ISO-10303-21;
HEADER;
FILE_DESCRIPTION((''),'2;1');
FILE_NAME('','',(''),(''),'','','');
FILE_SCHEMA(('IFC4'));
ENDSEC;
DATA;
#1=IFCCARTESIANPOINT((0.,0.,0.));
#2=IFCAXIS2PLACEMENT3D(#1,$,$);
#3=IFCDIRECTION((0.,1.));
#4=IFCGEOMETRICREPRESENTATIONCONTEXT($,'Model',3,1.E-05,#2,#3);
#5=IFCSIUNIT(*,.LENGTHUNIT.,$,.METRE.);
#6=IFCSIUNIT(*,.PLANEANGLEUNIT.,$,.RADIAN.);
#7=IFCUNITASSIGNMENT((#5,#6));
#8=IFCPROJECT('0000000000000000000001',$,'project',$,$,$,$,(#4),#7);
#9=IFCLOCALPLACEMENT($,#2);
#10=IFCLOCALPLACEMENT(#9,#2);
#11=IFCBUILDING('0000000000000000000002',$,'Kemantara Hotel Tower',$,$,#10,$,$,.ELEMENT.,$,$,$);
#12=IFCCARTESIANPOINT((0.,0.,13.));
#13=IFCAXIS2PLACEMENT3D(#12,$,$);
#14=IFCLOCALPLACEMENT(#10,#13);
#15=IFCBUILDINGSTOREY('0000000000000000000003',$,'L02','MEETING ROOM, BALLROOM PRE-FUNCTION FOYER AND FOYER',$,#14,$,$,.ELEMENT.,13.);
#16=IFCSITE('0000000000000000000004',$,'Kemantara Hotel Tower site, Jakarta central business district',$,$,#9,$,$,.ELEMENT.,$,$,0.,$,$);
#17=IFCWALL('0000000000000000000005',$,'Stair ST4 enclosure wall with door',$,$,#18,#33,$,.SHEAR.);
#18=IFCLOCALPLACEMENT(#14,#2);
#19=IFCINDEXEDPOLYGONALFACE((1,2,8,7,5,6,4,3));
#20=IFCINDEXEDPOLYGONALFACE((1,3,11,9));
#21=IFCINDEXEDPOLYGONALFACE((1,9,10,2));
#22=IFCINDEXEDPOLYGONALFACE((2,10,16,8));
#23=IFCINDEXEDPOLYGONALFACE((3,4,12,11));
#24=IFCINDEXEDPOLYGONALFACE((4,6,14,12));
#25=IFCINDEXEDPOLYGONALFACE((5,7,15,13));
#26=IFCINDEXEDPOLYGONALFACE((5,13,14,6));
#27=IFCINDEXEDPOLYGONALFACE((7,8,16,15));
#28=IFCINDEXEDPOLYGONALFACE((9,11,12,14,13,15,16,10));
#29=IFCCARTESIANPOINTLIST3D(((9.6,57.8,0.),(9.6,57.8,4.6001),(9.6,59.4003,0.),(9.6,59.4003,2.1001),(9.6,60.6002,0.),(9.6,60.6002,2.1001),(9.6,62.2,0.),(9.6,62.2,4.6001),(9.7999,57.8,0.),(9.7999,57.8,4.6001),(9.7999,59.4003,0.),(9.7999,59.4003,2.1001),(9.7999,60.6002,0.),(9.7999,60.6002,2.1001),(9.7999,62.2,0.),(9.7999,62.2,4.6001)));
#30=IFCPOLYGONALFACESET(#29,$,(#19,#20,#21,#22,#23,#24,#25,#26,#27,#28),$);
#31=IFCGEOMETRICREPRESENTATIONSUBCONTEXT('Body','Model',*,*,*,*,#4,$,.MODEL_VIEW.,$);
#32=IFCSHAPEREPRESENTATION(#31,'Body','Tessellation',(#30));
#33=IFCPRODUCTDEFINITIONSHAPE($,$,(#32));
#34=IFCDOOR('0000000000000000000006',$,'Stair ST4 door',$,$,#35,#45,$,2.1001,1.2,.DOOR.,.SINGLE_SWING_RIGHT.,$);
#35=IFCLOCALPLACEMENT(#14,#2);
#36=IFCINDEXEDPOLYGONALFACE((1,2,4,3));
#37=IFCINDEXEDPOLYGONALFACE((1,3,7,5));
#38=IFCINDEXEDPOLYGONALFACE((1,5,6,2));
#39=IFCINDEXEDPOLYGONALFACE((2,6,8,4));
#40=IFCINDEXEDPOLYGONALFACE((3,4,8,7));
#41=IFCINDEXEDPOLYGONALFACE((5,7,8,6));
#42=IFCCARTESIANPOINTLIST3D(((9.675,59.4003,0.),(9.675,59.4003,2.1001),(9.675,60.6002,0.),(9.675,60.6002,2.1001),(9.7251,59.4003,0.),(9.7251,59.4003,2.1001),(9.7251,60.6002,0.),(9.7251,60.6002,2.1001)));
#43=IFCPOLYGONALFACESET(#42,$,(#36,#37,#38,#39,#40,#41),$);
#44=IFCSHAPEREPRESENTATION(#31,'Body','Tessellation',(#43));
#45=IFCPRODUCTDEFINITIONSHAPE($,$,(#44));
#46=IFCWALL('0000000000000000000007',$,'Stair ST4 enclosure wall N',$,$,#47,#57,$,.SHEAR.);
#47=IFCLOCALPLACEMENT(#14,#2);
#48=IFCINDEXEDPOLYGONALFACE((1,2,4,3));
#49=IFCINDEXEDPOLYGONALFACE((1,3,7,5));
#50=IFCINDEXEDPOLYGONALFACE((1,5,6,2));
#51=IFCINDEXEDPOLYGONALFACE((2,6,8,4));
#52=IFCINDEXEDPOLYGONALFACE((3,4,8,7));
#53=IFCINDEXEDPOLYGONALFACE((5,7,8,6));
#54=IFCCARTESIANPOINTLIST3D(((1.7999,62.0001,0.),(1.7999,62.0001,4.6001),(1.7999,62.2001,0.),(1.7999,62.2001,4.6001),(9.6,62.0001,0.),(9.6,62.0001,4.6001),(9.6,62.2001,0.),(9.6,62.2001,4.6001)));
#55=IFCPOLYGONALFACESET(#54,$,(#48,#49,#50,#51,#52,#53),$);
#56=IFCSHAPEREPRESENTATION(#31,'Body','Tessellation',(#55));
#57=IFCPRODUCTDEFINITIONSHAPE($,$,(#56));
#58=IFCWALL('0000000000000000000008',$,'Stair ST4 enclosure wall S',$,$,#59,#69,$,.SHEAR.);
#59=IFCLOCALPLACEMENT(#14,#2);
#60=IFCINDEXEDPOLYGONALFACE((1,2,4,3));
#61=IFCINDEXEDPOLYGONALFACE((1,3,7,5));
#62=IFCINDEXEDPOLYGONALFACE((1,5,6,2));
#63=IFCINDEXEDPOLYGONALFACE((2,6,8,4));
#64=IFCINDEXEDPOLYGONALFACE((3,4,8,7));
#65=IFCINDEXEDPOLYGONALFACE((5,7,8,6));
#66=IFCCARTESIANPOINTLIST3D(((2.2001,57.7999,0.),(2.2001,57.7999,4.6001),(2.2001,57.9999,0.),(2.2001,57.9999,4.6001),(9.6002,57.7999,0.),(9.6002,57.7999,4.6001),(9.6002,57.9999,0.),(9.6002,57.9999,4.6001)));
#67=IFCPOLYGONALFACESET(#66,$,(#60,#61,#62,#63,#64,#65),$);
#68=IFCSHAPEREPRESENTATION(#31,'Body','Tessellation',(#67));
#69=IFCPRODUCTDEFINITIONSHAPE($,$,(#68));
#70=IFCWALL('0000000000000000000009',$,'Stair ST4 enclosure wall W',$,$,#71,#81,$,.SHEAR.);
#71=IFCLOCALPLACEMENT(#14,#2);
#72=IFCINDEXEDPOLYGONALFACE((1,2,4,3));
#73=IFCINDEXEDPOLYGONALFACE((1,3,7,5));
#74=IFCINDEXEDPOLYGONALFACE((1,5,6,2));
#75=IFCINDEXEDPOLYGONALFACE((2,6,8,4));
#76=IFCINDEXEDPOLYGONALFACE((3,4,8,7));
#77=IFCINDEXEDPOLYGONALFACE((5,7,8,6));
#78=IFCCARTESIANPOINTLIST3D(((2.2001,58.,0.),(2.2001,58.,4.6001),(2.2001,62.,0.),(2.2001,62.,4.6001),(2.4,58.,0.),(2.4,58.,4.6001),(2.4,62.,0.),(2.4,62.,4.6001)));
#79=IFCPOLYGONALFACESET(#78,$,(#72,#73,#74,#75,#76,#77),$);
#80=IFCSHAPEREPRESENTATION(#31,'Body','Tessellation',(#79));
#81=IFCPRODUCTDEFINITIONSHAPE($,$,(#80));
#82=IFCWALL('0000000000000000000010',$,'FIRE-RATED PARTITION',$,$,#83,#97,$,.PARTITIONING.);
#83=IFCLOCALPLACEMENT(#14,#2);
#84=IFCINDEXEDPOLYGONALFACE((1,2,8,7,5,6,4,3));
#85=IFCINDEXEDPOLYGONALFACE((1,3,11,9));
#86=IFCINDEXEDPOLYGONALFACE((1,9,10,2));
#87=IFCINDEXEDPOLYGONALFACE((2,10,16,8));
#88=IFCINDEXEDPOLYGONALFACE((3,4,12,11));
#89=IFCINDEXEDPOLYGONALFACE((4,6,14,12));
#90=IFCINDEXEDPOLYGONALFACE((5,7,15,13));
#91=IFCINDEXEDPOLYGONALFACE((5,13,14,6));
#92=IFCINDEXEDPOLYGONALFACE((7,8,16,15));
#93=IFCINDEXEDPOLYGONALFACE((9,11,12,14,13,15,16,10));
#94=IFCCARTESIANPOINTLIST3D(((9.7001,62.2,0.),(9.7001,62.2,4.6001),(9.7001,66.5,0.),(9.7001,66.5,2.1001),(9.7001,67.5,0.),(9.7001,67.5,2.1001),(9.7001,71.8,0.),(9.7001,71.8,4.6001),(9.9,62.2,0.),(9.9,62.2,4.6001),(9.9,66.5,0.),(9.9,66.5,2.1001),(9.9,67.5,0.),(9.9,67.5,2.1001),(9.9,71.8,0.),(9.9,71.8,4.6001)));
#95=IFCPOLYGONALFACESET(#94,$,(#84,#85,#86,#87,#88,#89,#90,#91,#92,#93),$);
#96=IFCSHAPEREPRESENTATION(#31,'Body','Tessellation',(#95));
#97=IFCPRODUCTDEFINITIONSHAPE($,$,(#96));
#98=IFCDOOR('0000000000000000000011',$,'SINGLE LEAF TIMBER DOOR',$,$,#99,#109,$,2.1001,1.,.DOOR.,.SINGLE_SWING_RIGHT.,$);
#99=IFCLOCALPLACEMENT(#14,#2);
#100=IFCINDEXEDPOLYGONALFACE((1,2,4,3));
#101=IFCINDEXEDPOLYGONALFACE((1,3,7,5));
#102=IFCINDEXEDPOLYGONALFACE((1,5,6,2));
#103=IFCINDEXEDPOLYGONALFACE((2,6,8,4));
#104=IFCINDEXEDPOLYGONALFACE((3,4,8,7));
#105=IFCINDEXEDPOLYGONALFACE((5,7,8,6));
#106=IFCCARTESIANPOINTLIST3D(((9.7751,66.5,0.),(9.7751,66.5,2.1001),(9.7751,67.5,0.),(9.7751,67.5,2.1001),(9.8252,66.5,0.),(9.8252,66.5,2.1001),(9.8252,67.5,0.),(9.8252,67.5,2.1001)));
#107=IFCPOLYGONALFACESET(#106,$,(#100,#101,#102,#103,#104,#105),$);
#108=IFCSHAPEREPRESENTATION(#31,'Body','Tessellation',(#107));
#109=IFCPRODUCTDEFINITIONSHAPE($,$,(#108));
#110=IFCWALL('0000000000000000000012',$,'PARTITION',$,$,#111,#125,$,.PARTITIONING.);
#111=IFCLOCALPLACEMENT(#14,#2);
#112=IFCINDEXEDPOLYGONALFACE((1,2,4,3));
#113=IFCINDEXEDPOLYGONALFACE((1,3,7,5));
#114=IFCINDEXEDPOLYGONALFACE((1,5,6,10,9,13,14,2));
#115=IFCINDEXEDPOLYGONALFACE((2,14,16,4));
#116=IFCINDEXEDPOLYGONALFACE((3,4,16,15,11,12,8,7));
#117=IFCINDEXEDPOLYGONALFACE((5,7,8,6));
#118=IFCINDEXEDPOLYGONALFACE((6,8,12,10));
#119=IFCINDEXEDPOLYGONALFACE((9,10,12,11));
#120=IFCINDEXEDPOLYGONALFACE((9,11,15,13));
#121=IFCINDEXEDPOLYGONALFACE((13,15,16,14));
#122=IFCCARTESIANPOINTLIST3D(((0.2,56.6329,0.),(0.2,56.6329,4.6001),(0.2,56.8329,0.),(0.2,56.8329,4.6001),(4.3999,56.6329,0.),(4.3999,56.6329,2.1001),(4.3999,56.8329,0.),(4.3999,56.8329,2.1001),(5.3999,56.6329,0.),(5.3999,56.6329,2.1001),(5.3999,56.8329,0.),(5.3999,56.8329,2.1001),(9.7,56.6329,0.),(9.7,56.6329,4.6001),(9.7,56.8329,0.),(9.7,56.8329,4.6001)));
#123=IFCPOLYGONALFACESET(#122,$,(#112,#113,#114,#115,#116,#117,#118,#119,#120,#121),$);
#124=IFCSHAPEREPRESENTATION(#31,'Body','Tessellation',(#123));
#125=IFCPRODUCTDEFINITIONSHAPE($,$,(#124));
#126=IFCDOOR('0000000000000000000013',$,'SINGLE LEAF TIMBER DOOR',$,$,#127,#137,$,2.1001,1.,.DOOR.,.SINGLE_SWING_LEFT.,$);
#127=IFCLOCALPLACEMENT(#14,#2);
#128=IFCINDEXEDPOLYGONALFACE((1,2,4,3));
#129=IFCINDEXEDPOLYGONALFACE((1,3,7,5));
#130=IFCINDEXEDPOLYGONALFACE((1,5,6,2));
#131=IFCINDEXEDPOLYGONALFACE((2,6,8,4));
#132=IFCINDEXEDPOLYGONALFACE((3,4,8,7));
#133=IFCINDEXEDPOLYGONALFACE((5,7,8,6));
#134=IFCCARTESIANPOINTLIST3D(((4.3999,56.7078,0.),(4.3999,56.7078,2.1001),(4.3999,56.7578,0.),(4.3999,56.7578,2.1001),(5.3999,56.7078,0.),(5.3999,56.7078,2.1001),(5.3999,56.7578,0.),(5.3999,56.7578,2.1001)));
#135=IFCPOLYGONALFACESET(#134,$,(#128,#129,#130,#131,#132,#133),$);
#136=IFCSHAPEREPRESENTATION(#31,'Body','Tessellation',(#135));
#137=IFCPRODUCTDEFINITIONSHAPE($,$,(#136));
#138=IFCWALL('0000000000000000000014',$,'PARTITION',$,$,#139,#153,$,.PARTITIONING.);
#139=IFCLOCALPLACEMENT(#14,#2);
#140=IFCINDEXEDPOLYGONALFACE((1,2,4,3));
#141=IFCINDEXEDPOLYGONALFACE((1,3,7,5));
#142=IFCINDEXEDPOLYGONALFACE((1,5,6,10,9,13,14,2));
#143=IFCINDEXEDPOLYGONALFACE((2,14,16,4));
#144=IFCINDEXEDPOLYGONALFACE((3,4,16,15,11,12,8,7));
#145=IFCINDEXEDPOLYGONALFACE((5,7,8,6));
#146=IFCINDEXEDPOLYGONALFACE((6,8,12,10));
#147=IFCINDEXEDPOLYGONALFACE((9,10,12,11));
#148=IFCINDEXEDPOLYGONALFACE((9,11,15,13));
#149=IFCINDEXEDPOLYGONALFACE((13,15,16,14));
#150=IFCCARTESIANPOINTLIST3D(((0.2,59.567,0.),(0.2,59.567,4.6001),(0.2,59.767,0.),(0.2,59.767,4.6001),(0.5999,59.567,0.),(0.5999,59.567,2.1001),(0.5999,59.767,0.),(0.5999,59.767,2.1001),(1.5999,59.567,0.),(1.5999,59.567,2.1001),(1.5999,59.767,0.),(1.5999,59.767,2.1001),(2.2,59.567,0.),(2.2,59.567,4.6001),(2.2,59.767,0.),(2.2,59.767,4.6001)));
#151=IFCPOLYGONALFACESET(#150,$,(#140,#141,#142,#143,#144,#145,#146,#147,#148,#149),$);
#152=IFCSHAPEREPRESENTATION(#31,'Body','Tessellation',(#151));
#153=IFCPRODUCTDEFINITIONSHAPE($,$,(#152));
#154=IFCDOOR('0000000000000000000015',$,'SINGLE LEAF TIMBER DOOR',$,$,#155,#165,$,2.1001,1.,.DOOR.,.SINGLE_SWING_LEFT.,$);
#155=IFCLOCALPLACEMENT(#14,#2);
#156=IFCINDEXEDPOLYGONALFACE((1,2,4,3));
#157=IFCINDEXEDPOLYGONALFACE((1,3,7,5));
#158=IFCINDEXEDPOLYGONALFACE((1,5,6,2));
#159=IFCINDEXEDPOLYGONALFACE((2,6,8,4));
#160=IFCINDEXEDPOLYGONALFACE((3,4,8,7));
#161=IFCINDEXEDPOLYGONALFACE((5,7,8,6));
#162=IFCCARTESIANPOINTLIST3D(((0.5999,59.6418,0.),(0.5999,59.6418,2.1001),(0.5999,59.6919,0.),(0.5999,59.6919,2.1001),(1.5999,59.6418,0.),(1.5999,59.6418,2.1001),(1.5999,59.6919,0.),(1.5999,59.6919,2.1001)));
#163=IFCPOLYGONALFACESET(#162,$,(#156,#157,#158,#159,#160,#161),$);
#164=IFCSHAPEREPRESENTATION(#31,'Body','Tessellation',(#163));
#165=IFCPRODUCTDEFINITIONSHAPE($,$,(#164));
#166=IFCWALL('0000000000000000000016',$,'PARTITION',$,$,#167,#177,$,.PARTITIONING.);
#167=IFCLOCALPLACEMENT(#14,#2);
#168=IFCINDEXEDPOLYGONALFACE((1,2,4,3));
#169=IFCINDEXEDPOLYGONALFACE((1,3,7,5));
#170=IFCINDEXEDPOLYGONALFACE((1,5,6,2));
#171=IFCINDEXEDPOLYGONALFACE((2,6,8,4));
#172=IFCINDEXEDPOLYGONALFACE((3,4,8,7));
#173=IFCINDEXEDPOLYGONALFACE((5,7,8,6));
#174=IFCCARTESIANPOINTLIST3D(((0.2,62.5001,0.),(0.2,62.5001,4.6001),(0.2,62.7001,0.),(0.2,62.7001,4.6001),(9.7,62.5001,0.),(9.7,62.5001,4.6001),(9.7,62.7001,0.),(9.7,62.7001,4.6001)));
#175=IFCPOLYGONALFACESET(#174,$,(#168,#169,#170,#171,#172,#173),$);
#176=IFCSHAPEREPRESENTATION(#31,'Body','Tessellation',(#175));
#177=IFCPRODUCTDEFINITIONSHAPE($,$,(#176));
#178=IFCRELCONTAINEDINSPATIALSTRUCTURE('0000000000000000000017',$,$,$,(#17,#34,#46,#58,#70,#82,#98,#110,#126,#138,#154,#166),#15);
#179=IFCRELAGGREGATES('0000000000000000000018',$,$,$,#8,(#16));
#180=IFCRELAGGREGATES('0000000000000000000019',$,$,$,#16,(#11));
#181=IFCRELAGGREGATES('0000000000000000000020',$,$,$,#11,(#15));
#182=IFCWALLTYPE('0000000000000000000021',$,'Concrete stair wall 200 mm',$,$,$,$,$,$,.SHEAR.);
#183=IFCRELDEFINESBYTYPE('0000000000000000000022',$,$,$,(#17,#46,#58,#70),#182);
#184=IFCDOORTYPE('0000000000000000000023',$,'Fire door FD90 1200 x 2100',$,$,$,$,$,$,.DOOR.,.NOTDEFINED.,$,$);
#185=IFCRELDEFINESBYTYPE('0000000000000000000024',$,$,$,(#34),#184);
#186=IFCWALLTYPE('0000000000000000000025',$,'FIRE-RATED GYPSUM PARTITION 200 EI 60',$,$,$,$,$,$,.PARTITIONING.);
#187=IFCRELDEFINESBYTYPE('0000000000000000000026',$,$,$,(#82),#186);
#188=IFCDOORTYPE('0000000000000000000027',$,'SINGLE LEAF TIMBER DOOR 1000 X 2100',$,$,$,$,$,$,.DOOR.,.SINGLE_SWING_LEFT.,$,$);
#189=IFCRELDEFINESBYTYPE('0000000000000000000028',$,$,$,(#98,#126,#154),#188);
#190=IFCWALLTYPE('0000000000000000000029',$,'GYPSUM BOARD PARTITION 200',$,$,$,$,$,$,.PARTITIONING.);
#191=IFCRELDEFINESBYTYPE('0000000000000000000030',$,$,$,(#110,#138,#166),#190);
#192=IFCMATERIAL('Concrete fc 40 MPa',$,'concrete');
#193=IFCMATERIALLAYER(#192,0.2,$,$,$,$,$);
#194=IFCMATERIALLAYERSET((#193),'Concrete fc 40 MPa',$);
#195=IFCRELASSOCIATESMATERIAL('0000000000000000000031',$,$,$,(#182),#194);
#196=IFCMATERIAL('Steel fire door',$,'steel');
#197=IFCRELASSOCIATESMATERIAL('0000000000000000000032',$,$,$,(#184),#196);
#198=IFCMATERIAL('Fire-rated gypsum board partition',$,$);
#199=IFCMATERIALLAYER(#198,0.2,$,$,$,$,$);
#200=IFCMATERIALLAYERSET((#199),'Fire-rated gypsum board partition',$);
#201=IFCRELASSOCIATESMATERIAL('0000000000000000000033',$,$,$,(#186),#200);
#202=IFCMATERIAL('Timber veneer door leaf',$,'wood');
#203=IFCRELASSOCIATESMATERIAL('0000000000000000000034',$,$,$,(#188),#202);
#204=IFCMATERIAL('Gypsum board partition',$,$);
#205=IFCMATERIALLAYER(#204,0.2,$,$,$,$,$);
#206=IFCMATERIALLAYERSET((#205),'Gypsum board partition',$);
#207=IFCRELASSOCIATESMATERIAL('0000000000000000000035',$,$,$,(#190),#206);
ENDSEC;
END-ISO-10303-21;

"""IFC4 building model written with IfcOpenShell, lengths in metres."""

from ifc_helpers import new_model, si_unit, direction, frame, frame_2d, origin, place, context, subcontext, project, spatial, rectangle, extrude, material, layer, layer_set, type_object, element, fill, save


model = new_model("IFC4")

# Units and contexts
model_context = context("Model", 3, precision=1e-05, world=origin(), true_north=direction((0.0, 1.0)))
body_context = subcontext(model_context, "Body", "Model", "MODEL_VIEW")
ifc_project = project(units=[si_unit("LENGTHUNIT", "METRE"), si_unit("PLANEANGLEUNIT", "RADIAN")], contexts=[model_context])

# Site, building, storey
site_placement = place(None, origin())
site = spatial("IfcSite", under=ifc_project, at=site_placement, Name="Kemantara Hotel Tower site, Jakarta central business district", CompositionType="ELEMENT", RefElevation=0.0)
building_placement = place(site_placement, origin())
building = spatial("IfcBuilding", under=site, at=building_placement, Name="Kemantara Hotel Tower", CompositionType="ELEMENT")
storey_placement = place(building_placement, frame((0.0, 0.0, 13.0)))
storey = spatial("IfcBuildingStorey", under=building, at=storey_placement, Name="L02", Description="MEETING ROOM, BALLROOM PRE-FUNCTION FOYER AND FOYER", CompositionType="ELEMENT", Elevation=13.0)

# Wall, opening, door
ifc_material_1 = material(Name="Concrete fc 40 MPa", Category="concrete")
ifc_layer_1 = layer(ifc_material_1, 0.2)
ifc_layer_set_1 = layer_set([ifc_layer_1], Name="Concrete fc 40 MPa")
wall_type_1 = type_object("IfcWallType", Name="Concrete stair wall 200 mm", PredefinedType="SHEAR", material=ifc_layer_set_1)
wall_1_placement = place(storey_placement, frame((9.7, 57.8, 0.0), z_axis=(0.0, 0.0, 1.0), x_axis=(0.0, 1.0, 0.0)))
wall_1 = element("IfcWall", 1, at=wall_1_placement, inside=storey, type_object=wall_type_1, Name="Stair ST4 enclosure wall with door", PredefinedType="SHEAR", context=body_context, shape_type="SweptSolid", body=[
    extrude(rectangle(XDim=4.3999, YDim=0.2, at=frame_2d((2.2, 0.0))), origin(), (0.0, 0.0, 1.0), 4.6001),
])
opening_1_placement = place(wall_1_placement, frame((1.6001, 0.0, 0.0)))
opening_1 = element("IfcOpeningElement", 2, at=opening_1_placement, cuts=wall_1, PredefinedType="OPENING", context=body_context, shape_type="SweptSolid", body=[
    extrude(rectangle(XDim=1.2, YDim=2.1001, at=frame_2d((0.6001, 1.05))), frame((0.0, 0.1099, 0.0), z_axis=(0.0, -1.0, 0.0), x_axis=(1.0, 0.0, 0.0)), (0.0, 0.0, 1.0), 0.22),
])
ifc_material_2 = material(Name="Steel fire door", Category="steel")
door_type_1 = type_object("IfcDoorType", Name="Fire door FD90 1200 x 2100", OperationType="NOTDEFINED", PredefinedType="DOOR", material=ifc_material_2)
door_1_placement = place(opening_1_placement, origin())
door_1 = element("IfcDoor", 3, at=door_1_placement, inside=storey, type_object=door_type_1, Name="Stair ST4 door", OperationType="SINGLE_SWING_RIGHT", OverallHeight=2.1001, OverallWidth=1.2, PredefinedType="DOOR", context=body_context, shape_type="SweptSolid", body=[
    extrude(rectangle(XDim=1.2, YDim=2.1001, at=frame_2d((0.6001, 1.05))), frame((0.0, 0.0249, 0.0), z_axis=(0.0, -1.0, 0.0), x_axis=(1.0, 0.0, 0.0)), (0.0, 0.0, 1.0), 0.05),
])
fill(opening_1, door_1)

# Walls
wall_2_placement = place(storey_placement, frame((1.8, 62.1001, 0.0), z_axis=(0.0, 0.0, 1.0), x_axis=(1.0, 0.0, 0.0)))
element("IfcWall", 4, at=wall_2_placement, inside=storey, type_object=wall_type_1, Name="Stair ST4 enclosure wall N", PredefinedType="SHEAR", context=body_context, shape_type="SweptSolid", body=[
    extrude(rectangle(XDim=7.8, YDim=0.2, at=frame_2d((3.8999, 0.0))), origin(), (0.0, 0.0, 1.0), 4.6001),
])
wall_3_placement = place(storey_placement, frame((2.2, 57.8999, 0.0), z_axis=(0.0, 0.0, 1.0), x_axis=(1.0, 0.0, 0.0)))
element("IfcWall", 5, at=wall_3_placement, inside=storey, type_object=wall_type_1, Name="Stair ST4 enclosure wall S", PredefinedType="SHEAR", context=body_context, shape_type="SweptSolid", body=[
    extrude(rectangle(XDim=7.4001, YDim=0.2, at=frame_2d((3.7002, 0.0))), origin(), (0.0, 0.0, 1.0), 4.6001),
])
wall_4_placement = place(storey_placement, frame((2.3, 58.0, 0.0), z_axis=(0.0, 0.0, 1.0), x_axis=(0.0, 1.0, 0.0)))
element("IfcWall", 6, at=wall_4_placement, inside=storey, type_object=wall_type_1, Name="Stair ST4 enclosure wall W", PredefinedType="SHEAR", context=body_context, shape_type="SweptSolid", body=[
    extrude(rectangle(XDim=4.0, YDim=0.2, at=frame_2d((2.0, 0.0))), origin(), (0.0, 0.0, 1.0), 4.6001),
])

# Walls, openings, doors
ifc_material_3 = material(Name="Fire-rated gypsum board partition")
ifc_layer_2 = layer(ifc_material_3, 0.2)
ifc_layer_set_2 = layer_set([ifc_layer_2], Name="Fire-rated gypsum board partition")
wall_type_2 = type_object("IfcWallType", Name="FIRE-RATED GYPSUM PARTITION 200 EI 60", PredefinedType="PARTITIONING", material=ifc_layer_set_2)
wall_5_placement = place(storey_placement, frame((9.8, 62.2, 0.0), z_axis=(0.0, 0.0, 1.0), x_axis=(0.0, 1.0, 0.0)))
wall_5 = element("IfcWall", 7, at=wall_5_placement, inside=storey, type_object=wall_type_2, Name="FIRE-RATED PARTITION", PredefinedType="PARTITIONING", context=body_context, shape_type="SweptSolid", body=[
    extrude(rectangle(XDim=9.6001, YDim=0.2, at=frame_2d((4.8, 0.0))), origin(), (0.0, 0.0, 1.0), 4.6001),
])
opening_2_placement = place(wall_5_placement, frame((4.3, 0.0, 0.0)))
opening_2 = element("IfcOpeningElement", 8, at=opening_2_placement, cuts=wall_5, PredefinedType="OPENING", context=body_context, shape_type="SweptSolid", body=[
    extrude(rectangle(XDim=1.0, YDim=2.1001, at=frame_2d((0.5, 1.05))), frame((0.0, 0.1099, 0.0), z_axis=(0.0, -1.0, 0.0), x_axis=(1.0, 0.0, 0.0)), (0.0, 0.0, 1.0), 0.22),
])
ifc_material_4 = material(Name="Timber veneer door leaf", Category="wood")
door_type_2 = type_object("IfcDoorType", Name="SINGLE LEAF TIMBER DOOR 1000 X 2100", OperationType="SINGLE_SWING_LEFT", PredefinedType="DOOR", material=ifc_material_4)
door_2_placement = place(opening_2_placement, origin())
door_2 = element("IfcDoor", 9, at=door_2_placement, inside=storey, type_object=door_type_2, Name="SINGLE LEAF TIMBER DOOR", OperationType="SINGLE_SWING_RIGHT", OverallHeight=2.1001, OverallWidth=1.0, PredefinedType="DOOR", context=body_context, shape_type="SweptSolid", body=[
    extrude(rectangle(XDim=1.0, YDim=2.1001, at=frame_2d((0.5, 1.05))), frame((0.0, 0.0249, 0.0), z_axis=(0.0, -1.0, 0.0), x_axis=(1.0, 0.0, 0.0)), (0.0, 0.0, 1.0), 0.05),
])
fill(opening_2, door_2)
ifc_material_5 = material(Name="Gypsum board partition")
ifc_layer_3 = layer(ifc_material_5, 0.2)
ifc_layer_set_3 = layer_set([ifc_layer_3], Name="Gypsum board partition")
wall_type_3 = type_object("IfcWallType", Name="GYPSUM BOARD PARTITION 200", PredefinedType="PARTITIONING", material=ifc_layer_set_3)
wall_6_placement = place(storey_placement, frame((0.2, 56.7329, 0.0), z_axis=(0.0, 0.0, 1.0), x_axis=(1.0, 0.0, 0.0)))
wall_6 = element("IfcWall", 10, at=wall_6_placement, inside=storey, type_object=wall_type_3, Name="PARTITION", PredefinedType="PARTITIONING", context=body_context, shape_type="SweptSolid", body=[
    extrude(rectangle(XDim=9.5, YDim=0.2, at=frame_2d((4.75, 0.0))), origin(), (0.0, 0.0, 1.0), 4.6001),
])
opening_3_placement = place(wall_6_placement, frame((4.2, 0.0, 0.0)))
opening_3 = element("IfcOpeningElement", 11, at=opening_3_placement, cuts=wall_6, PredefinedType="OPENING", context=body_context, shape_type="SweptSolid", body=[
    extrude(rectangle(XDim=1.0, YDim=2.1001, at=frame_2d((0.5, 1.05))), frame((0.0, 0.1099, 0.0), z_axis=(0.0, -1.0, 0.0), x_axis=(1.0, 0.0, 0.0)), (0.0, 0.0, 1.0), 0.22),
])
door_3_placement = place(opening_3_placement, origin())
door_3 = element("IfcDoor", 12, at=door_3_placement, inside=storey, type_object=door_type_2, Name="SINGLE LEAF TIMBER DOOR", OperationType="SINGLE_SWING_LEFT", OverallHeight=2.1001, OverallWidth=1.0, PredefinedType="DOOR", context=body_context, shape_type="SweptSolid", body=[
    extrude(rectangle(XDim=1.0, YDim=2.1001, at=frame_2d((0.5, 1.05))), frame((0.0, 0.0249, 0.0), z_axis=(0.0, -1.0, 0.0), x_axis=(1.0, 0.0, 0.0)), (0.0, 0.0, 1.0), 0.05),
])
fill(opening_3, door_3)
wall_7_placement = place(storey_placement, frame((0.2, 59.667, 0.0), z_axis=(0.0, 0.0, 1.0), x_axis=(1.0, 0.0, 0.0)))
wall_7 = element("IfcWall", 13, at=wall_7_placement, inside=storey, type_object=wall_type_3, Name="PARTITION", PredefinedType="PARTITIONING", context=body_context, shape_type="SweptSolid", body=[
    extrude(rectangle(XDim=2.0, YDim=0.2, at=frame_2d((1.0, 0.0))), origin(), (0.0, 0.0, 1.0), 4.6001),
])
opening_4_placement = place(wall_7_placement, frame((0.3999, 0.0, 0.0)))
opening_4 = element("IfcOpeningElement", 14, at=opening_4_placement, cuts=wall_7, PredefinedType="OPENING", context=body_context, shape_type="SweptSolid", body=[
    extrude(rectangle(XDim=1.0, YDim=2.1001, at=frame_2d((0.5, 1.05))), frame((0.0, 0.1099, 0.0), z_axis=(0.0, -1.0, 0.0), x_axis=(1.0, 0.0, 0.0)), (0.0, 0.0, 1.0), 0.22),
])
door_4_placement = place(opening_4_placement, origin())
door_4 = element("IfcDoor", 15, at=door_4_placement, inside=storey, type_object=door_type_2, Name="SINGLE LEAF TIMBER DOOR", OperationType="SINGLE_SWING_LEFT", OverallHeight=2.1001, OverallWidth=1.0, PredefinedType="DOOR", context=body_context, shape_type="SweptSolid", body=[
    extrude(rectangle(XDim=1.0, YDim=2.1001, at=frame_2d((0.5, 1.05))), frame((0.0, 0.0249, 0.0), z_axis=(0.0, -1.0, 0.0), x_axis=(1.0, 0.0, 0.0)), (0.0, 0.0, 1.0), 0.05),
])
fill(opening_4, door_4)

# Wall
wall_8_placement = place(storey_placement, frame((0.2, 62.6001, 0.0), z_axis=(0.0, 0.0, 1.0), x_axis=(1.0, 0.0, 0.0)))
element("IfcWall", 16, at=wall_8_placement, inside=storey, type_object=wall_type_3, Name="PARTITION", PredefinedType="PARTITIONING", context=body_context, shape_type="SweptSolid", body=[
    extrude(rectangle(XDim=9.5, YDim=0.2, at=frame_2d((4.75, 0.0))), origin(), (0.0, 0.0, 1.0), 4.6001),
])

save(model, "model.ifc")
